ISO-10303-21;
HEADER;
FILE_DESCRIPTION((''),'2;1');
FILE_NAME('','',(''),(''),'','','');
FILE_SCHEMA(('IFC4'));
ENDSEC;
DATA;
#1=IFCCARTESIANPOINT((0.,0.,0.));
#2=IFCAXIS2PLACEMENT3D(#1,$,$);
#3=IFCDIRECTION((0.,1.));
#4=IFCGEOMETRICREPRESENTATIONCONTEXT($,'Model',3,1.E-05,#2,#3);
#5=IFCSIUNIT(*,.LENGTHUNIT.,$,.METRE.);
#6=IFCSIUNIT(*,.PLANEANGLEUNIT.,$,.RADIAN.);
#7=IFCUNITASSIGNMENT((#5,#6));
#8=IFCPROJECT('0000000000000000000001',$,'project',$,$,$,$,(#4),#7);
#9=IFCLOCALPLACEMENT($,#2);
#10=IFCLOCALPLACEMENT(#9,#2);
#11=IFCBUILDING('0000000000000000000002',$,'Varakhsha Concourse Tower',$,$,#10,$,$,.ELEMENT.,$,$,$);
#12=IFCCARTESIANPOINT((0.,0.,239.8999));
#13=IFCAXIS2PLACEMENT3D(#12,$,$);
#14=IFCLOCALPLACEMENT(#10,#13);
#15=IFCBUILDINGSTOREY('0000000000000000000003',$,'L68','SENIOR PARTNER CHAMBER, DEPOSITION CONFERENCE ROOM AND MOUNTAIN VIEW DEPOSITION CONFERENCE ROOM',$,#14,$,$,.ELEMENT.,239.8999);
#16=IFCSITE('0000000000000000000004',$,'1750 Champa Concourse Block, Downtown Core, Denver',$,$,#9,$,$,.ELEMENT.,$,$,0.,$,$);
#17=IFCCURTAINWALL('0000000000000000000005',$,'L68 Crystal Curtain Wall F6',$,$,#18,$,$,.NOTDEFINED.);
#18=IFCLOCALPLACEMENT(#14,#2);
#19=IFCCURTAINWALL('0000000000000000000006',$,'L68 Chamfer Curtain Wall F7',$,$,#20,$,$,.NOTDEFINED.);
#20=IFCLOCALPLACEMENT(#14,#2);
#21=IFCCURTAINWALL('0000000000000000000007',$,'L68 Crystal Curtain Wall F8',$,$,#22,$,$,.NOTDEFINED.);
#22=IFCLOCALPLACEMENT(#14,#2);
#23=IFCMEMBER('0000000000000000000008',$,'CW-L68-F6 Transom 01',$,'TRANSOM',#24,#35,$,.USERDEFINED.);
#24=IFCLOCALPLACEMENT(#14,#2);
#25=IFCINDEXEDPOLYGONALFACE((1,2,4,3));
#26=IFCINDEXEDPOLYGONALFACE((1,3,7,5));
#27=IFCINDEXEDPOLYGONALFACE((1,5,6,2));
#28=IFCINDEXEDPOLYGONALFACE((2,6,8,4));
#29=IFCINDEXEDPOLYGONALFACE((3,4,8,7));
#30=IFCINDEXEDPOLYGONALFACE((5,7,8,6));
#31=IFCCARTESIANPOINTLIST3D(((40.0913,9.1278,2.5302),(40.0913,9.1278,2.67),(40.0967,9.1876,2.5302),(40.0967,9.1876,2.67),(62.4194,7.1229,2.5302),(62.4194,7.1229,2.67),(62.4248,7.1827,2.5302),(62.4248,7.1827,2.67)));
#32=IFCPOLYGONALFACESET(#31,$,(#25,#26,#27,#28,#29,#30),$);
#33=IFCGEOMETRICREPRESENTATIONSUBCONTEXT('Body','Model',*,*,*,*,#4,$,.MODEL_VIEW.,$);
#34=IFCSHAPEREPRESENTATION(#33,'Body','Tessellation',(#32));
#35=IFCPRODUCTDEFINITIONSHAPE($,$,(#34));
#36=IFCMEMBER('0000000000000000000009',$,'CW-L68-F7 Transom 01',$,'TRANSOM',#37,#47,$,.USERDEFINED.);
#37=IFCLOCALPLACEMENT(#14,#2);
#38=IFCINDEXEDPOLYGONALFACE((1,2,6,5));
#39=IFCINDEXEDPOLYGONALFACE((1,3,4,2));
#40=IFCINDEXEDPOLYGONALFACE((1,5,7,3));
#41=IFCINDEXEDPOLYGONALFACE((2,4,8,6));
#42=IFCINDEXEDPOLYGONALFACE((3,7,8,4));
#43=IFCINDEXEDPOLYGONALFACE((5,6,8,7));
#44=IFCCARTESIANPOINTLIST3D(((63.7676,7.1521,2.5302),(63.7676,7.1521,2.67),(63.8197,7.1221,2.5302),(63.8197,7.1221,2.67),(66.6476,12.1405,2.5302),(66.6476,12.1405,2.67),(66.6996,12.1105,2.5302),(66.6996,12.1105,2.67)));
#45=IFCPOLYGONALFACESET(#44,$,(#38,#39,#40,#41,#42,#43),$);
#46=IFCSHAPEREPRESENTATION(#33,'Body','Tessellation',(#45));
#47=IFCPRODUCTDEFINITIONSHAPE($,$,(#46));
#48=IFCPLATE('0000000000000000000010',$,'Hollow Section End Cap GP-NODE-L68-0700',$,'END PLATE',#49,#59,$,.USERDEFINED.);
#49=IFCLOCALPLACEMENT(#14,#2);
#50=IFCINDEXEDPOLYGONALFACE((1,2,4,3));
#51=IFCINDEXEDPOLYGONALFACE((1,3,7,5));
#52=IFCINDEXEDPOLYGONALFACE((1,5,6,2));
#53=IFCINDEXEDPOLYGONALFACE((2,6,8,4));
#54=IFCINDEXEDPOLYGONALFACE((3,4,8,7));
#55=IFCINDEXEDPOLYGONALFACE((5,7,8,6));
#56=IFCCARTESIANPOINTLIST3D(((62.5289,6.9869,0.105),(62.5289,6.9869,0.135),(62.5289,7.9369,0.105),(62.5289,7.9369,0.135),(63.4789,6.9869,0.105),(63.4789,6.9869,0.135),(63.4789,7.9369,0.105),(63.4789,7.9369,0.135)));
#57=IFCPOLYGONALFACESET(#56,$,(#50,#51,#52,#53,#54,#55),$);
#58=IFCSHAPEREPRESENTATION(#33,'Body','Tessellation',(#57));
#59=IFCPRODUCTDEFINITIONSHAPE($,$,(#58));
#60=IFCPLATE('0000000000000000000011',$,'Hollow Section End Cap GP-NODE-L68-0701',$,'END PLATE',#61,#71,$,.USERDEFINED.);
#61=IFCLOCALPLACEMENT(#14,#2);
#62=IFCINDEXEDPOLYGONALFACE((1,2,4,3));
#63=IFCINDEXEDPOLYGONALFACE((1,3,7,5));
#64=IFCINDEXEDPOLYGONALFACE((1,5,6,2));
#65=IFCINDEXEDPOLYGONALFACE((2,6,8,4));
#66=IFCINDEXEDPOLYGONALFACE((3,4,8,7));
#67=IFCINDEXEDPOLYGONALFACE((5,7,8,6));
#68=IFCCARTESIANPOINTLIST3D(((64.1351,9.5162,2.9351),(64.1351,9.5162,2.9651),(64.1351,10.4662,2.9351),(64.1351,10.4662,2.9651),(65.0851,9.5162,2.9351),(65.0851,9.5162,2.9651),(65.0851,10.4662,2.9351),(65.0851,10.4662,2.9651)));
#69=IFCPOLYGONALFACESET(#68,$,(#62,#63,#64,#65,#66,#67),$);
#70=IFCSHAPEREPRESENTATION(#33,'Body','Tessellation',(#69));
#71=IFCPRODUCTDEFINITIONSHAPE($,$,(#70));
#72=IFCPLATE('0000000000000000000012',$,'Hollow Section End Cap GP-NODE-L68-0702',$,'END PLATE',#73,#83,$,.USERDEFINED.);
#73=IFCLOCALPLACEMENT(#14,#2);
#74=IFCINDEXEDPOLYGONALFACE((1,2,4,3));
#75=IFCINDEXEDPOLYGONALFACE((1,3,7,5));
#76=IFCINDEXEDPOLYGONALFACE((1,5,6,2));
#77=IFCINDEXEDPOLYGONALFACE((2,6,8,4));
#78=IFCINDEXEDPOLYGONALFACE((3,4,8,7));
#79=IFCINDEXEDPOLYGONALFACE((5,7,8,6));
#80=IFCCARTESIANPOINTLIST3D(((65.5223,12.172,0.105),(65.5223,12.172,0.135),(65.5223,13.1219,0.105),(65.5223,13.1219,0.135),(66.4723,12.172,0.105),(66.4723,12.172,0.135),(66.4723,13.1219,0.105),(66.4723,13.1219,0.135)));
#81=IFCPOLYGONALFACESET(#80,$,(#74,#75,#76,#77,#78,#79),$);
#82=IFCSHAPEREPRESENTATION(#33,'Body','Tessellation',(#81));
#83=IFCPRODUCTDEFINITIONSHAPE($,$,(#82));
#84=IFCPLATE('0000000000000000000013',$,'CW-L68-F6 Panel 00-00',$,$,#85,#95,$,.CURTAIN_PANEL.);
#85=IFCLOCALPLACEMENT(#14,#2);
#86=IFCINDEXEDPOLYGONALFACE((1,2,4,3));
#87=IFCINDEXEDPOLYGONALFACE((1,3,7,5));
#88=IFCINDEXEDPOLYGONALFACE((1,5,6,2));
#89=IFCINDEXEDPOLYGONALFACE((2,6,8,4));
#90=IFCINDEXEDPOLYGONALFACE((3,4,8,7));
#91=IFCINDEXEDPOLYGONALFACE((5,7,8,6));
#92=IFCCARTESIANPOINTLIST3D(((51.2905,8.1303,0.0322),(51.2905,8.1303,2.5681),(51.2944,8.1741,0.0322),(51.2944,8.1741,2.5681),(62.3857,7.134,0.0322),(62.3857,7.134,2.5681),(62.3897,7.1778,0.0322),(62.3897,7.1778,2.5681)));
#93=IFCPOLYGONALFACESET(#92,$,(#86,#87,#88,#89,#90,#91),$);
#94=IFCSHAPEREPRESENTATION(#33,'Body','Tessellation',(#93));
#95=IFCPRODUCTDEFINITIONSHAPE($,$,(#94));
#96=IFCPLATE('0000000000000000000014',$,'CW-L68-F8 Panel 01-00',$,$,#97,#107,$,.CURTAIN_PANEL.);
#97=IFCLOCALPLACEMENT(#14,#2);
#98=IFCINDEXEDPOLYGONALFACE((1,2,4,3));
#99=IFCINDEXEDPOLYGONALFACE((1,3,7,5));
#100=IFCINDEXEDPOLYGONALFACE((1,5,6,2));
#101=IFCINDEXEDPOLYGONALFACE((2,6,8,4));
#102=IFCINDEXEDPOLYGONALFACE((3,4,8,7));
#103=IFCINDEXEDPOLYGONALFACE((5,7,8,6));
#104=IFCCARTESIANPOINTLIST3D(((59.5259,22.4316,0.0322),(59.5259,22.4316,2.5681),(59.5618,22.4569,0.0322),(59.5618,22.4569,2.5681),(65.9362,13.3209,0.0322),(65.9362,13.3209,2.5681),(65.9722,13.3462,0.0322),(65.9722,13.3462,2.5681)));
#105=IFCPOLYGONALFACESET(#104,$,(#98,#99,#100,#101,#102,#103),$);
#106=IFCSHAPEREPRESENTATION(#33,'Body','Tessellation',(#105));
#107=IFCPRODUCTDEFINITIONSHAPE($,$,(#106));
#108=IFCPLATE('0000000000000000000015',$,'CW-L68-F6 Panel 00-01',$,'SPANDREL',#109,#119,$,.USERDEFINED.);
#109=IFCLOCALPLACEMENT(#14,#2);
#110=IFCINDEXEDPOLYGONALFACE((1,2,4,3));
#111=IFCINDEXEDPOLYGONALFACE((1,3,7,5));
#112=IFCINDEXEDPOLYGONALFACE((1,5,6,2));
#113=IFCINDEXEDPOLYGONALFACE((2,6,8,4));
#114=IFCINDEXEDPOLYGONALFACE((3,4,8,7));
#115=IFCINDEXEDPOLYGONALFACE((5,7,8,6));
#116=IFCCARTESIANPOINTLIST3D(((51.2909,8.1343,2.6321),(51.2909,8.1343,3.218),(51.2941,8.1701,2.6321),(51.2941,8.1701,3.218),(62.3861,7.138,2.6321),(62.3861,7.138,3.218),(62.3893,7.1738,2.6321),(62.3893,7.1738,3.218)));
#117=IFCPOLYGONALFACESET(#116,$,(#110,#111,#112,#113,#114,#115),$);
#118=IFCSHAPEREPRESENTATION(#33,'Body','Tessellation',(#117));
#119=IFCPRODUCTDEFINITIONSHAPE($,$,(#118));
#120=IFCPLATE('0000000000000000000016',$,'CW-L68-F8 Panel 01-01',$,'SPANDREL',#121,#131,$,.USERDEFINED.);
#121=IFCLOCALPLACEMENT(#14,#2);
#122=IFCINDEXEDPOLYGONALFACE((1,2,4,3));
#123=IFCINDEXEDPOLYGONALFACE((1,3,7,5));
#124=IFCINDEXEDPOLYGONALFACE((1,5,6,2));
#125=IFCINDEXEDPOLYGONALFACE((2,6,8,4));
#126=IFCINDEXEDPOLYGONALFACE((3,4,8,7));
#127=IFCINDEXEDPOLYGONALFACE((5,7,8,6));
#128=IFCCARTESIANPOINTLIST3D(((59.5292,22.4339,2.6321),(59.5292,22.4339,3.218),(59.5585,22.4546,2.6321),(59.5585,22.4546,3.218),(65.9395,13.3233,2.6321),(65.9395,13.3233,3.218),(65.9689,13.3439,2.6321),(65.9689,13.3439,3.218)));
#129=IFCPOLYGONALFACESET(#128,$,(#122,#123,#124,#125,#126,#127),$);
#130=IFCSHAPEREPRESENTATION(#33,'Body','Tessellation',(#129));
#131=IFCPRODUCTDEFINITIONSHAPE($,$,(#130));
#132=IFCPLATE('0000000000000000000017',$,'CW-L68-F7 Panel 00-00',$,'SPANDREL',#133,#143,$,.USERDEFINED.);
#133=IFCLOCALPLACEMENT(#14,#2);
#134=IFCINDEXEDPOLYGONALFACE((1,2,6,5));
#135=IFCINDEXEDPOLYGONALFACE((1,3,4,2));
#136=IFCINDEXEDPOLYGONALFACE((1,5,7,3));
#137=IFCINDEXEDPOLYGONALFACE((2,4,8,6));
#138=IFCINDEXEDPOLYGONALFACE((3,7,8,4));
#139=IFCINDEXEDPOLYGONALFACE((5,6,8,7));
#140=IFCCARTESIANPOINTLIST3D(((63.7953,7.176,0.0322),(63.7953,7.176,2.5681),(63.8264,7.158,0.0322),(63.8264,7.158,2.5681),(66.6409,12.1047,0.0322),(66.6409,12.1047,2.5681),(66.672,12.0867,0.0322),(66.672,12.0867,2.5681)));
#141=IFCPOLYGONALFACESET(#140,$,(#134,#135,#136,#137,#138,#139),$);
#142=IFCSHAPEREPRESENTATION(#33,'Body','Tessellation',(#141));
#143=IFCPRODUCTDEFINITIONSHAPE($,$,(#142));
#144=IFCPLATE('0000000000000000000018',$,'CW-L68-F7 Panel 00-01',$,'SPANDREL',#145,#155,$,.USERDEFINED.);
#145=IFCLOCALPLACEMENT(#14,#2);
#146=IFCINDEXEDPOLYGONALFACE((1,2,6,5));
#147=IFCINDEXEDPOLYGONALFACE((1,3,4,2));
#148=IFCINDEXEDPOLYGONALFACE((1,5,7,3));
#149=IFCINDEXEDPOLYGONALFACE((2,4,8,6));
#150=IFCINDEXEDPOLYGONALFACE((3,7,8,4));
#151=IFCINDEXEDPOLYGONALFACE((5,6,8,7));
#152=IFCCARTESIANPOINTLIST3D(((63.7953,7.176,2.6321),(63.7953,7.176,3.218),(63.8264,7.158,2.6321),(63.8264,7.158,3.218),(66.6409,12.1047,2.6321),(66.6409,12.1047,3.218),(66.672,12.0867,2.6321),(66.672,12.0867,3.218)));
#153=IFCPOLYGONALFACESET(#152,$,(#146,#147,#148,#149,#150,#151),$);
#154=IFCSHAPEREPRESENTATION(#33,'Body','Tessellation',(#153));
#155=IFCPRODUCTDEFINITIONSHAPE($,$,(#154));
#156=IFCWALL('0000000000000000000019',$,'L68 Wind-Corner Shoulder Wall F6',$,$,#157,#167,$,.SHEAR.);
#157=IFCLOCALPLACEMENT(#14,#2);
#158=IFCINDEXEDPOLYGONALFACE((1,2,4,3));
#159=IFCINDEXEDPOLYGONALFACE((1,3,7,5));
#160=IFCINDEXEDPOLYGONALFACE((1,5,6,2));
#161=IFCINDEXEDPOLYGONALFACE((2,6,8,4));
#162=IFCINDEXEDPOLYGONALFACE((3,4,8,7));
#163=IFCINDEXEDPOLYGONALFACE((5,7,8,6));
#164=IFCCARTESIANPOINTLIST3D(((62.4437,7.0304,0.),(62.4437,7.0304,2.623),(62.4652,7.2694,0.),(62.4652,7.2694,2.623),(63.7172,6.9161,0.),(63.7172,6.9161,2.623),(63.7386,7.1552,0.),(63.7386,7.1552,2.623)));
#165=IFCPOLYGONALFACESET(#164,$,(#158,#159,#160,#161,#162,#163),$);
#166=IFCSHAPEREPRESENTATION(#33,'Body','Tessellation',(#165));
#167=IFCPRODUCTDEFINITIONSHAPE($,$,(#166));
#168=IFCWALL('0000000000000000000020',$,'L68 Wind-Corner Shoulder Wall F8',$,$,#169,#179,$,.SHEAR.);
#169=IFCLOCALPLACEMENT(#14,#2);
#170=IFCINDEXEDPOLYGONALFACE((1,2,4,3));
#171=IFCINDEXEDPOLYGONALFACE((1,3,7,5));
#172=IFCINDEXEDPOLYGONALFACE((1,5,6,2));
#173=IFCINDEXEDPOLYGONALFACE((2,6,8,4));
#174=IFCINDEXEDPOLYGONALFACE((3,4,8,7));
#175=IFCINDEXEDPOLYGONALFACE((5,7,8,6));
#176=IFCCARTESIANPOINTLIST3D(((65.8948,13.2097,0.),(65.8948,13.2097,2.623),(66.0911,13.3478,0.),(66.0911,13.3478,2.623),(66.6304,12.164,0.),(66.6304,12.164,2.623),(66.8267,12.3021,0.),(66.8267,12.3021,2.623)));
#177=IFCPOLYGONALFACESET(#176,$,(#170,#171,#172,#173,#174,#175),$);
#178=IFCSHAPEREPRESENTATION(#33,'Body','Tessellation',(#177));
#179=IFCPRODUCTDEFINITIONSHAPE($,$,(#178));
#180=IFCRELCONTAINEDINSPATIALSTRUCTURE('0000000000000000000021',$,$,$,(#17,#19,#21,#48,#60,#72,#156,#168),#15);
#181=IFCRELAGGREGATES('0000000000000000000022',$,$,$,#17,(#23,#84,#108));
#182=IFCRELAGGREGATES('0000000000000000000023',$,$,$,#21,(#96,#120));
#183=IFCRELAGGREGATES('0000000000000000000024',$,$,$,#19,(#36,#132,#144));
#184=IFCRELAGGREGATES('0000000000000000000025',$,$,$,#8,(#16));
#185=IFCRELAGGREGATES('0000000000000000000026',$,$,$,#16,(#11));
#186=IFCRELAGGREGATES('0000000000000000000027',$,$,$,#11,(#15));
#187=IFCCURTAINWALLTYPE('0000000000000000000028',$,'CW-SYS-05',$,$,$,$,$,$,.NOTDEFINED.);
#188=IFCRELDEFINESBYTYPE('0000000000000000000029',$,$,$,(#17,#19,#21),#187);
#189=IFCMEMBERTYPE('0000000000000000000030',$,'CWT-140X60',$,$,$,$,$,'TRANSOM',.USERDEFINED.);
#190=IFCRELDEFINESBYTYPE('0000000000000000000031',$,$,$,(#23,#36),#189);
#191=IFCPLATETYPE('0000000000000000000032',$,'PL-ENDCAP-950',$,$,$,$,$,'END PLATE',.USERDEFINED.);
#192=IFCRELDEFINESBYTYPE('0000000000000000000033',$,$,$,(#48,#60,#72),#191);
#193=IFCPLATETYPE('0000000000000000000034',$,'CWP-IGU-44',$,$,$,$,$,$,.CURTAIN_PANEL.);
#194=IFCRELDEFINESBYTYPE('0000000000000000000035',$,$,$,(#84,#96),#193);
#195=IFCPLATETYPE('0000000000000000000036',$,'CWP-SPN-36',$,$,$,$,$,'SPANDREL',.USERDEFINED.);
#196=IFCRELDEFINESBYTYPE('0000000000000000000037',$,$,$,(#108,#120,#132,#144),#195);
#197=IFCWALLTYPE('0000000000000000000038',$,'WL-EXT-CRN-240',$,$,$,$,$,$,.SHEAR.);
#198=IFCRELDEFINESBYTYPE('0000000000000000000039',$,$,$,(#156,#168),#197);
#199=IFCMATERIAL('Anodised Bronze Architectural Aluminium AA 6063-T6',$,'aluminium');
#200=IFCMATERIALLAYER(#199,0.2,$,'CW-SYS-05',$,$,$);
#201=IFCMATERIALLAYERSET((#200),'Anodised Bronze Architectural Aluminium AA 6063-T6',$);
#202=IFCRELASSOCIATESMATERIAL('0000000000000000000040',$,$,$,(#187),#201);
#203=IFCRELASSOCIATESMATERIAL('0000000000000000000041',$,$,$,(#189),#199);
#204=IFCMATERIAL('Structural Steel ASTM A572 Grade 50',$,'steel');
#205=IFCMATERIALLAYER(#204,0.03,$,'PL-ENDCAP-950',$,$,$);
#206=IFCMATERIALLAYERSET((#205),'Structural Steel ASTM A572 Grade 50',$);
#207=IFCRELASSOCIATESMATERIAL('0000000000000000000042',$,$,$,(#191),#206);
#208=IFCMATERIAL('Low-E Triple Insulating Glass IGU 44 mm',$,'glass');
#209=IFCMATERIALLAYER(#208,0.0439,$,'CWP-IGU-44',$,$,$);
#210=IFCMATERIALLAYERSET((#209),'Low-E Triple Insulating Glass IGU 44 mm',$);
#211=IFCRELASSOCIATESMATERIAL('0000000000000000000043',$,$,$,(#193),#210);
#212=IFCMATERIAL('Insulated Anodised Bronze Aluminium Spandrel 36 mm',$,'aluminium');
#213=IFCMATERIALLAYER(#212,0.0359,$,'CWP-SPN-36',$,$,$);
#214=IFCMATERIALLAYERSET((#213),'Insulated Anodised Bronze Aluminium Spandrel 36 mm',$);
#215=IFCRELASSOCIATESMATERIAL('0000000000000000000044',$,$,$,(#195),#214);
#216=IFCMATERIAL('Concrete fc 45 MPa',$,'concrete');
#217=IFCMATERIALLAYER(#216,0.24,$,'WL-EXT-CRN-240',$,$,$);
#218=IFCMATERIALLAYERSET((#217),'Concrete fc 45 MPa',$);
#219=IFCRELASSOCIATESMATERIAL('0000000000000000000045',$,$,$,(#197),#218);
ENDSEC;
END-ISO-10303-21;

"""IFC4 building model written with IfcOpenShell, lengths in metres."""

from ifc_helpers import new_model, si_unit, direction, frame, frame_2d, origin, origin_2d, place, context, subcontext, project, spatial, rectangle, extrude, source, transform, mapped, material, layer, layer_set, material_profile, profile_set, type_object, type_shapes, element, aggregate, save


model = new_model("IFC4")

# Units and contexts
model_context = context("Model", 3, precision=1e-05, world=origin(), true_north=direction((0.0, 1.0)))
body_context = subcontext(model_context, "Body", "Model", "MODEL_VIEW")
ifc_project = project(units=[si_unit("LENGTHUNIT", "METRE"), si_unit("PLANEANGLEUNIT", "RADIAN")], contexts=[model_context])

# Site, building, storey
site_placement = place(None, origin())
site = spatial("IfcSite", under=ifc_project, at=site_placement, Name="1750 Champa Concourse Block, Downtown Core, Denver", CompositionType="ELEMENT", RefElevation=0.0)
building_placement = place(site_placement, origin())
building = spatial("IfcBuilding", under=site, at=building_placement, Name="Varakhsha Concourse Tower", CompositionType="ELEMENT")
storey_placement = place(building_placement, frame((0.0, 0.0, 239.8999)))
storey = spatial("IfcBuildingStorey", under=building, at=storey_placement, Name="L68", Description="SENIOR PARTNER CHAMBER, DEPOSITION CONFERENCE ROOM AND MOUNTAIN VIEW DEPOSITION CONFERENCE ROOM", CompositionType="ELEMENT", Elevation=239.8999)

# Shared definitions
ifc_material_1 = material(Name="Structural Steel ASTM A572 Grade 50", Category="steel")

# Curtain wall
ifc_material_2 = material(Name="Anodised Bronze Architectural Aluminium AA 6063-T6", Category="aluminium")
ifc_layer_1 = layer(ifc_material_2, 0.2, Name="CW-SYS-05")
ifc_layer_set_1 = layer_set([ifc_layer_1], Name="Anodised Bronze Architectural Aluminium AA 6063-T6")
curtain_wall_type = type_object("IfcCurtainWallType", Name="CW-SYS-05", PredefinedType="NOTDEFINED", material=ifc_layer_set_1)
curtain_wall_1_placement = place(storey_placement, origin())
curtain_wall_1 = element("IfcCurtainWall", 1, at=curtain_wall_1_placement, inside=storey, type_object=curtain_wall_type, Name="L68 Crystal Curtain Wall F6", PredefinedType="NOTDEFINED")

# Curtain wall
curtain_wall_2_placement = place(storey_placement, origin())
curtain_wall_2 = element("IfcCurtainWall", 2, at=curtain_wall_2_placement, inside=storey, type_object=curtain_wall_type, Name="L68 Chamfer Curtain Wall F7", PredefinedType="NOTDEFINED")

# Curtain wall
curtain_wall_3_placement = place(storey_placement, origin())
curtain_wall_3 = element("IfcCurtainWall", 3, at=curtain_wall_3_placement, inside=storey, type_object=curtain_wall_type, Name="L68 Crystal Curtain Wall F8", PredefinedType="NOTDEFINED")

# Members
ifc_material_profile_1 = material_profile(ifc_material_2, rectangle(XDim=0.0601, YDim=0.1399, at=origin_2d()), Name="CWT-140X60")
ifc_profile_set_1 = profile_set([ifc_material_profile_1], Name="Anodised Bronze Architectural Aluminium AA 6063-T6")
member_type_1 = type_object("IfcMemberType", Name="CWT-140X60", ElementType="TRANSOM", PredefinedType="USERDEFINED", material=ifc_profile_set_1)
shared_shape_1 = source(origin(), body_context, "Body", "SweptSolid", [
    extrude(rectangle(XDim=0.0601, YDim=0.1399, at=origin_2d()), origin(), (0.0, 0.0, 1.0), 22.418),
])
member_1_placement = place(storey_placement, frame((62.4221, 7.1528, 2.6001), z_axis=(-0.995993, 0.089432, 0.0), x_axis=(-0.089432, -0.995993, 0.0)))
member_1 = element("IfcMember", 4, at=member_1_placement, type_object=member_type_1, Name="CW-L68-F6 Transom 01", ObjectType="TRANSOM", PredefinedType="USERDEFINED", context=body_context, shape_type="MappedRepresentation", body=[
    mapped(shared_shape_1, transform((0.0, 0.0, 0.0), scale=1.0)),
])
shared_shape_2 = source(origin(), body_context, "Body", "SweptSolid", [
    extrude(rectangle(XDim=0.0601, YDim=0.1399, at=origin_2d()), origin(), (0.0, 0.0, 1.0), 5.76),
])
type_shapes(member_type_1, [shared_shape_1, shared_shape_2])
member_2_placement = place(storey_placement, frame((66.6736, 12.1255, 2.6001), z_axis=(-0.499987, -0.866033, 0.0), x_axis=(0.866033, -0.499987, 0.0)))
member_2 = element("IfcMember", 5, at=member_2_placement, type_object=member_type_1, Name="CW-L68-F7 Transom 01", ObjectType="TRANSOM", PredefinedType="USERDEFINED", context=body_context, shape_type="MappedRepresentation", body=[
    mapped(shared_shape_2, transform((0.0, 0.0, 0.0), scale=1.0)),
])

# Plates
ifc_layer_2 = layer(ifc_material_1, 0.03, Name="PL-ENDCAP-950")
ifc_layer_set_2 = layer_set([ifc_layer_2], Name="Structural Steel ASTM A572 Grade 50")
plate_type_1 = type_object("IfcPlateType", Name="PL-ENDCAP-950", ElementType="END PLATE", PredefinedType="USERDEFINED", material=ifc_layer_set_2)
shared_shape_3 = source(origin(), body_context, "Body", "SweptSolid", [
    extrude(rectangle(XDim=0.95, YDim=0.95, at=origin_2d()), origin(), (0.0, 0.0, 1.0), 0.03),
])
type_shapes(plate_type_1, [shared_shape_3])
for number, where, z_axis, x_axis, name in (
    (6, (63.0039, 7.4619, 0.105), (0.0, 0.0, 1.0), (1.0, 0.0, 0.0), "Hollow Section End Cap GP-NODE-L68-0700"),
    (7, (64.6101, 9.9912, 2.9351), (0.0, 0.0, 1.0), (1.0, 0.0, 0.0), "Hollow Section End Cap GP-NODE-L68-0701"),
    (8, (65.9973, 12.647, 0.105), (0.0, 0.0, 1.0), (1.0, 0.0, 0.0), "Hollow Section End Cap GP-NODE-L68-0702"),
):
    element("IfcPlate", number, at=place(storey_placement, frame(where, z_axis=z_axis, x_axis=x_axis)), inside=storey, type_object=plate_type_1, Name=name, ObjectType="END PLATE", PredefinedType="USERDEFINED", context=body_context, shape_type="MappedRepresentation", body=[
        mapped(shared_shape_3, transform((0.0, 0.0, 0.0), scale=1.0)),
    ])

# Plates
ifc_material_3 = material(Name="Low-E Triple Insulating Glass IGU 44 mm", Category="glass")
ifc_layer_3 = layer(ifc_material_3, 0.0439, Name="CWP-IGU-44")
ifc_layer_set_3 = layer_set([ifc_layer_3], Name="Low-E Triple Insulating Glass IGU 44 mm")
plate_type_2 = type_object("IfcPlateType", Name="CWP-IGU-44", PredefinedType="CURTAIN_PANEL", material=ifc_layer_set_3)
shared_shape_4 = source(origin(), body_context, "Body", "SweptSolid", [
    extrude(rectangle(XDim=11.1399, YDim=0.0439, at=origin_2d()), origin(), (0.0, 0.0, 1.0), 2.5359),
])
type_shapes(plate_type_2, [shared_shape_4])
plate_1_placement = place(storey_placement, frame((56.8401, 7.6541, 0.0322), z_axis=(0.0, 0.0, 1.0), x_axis=(-0.995993, 0.089433, 0.0)))
plate_1 = element("IfcPlate", 9, at=plate_1_placement, type_object=plate_type_2, Name="CW-L68-F6 Panel 00-00", PredefinedType="CURTAIN_PANEL", context=body_context, shape_type="MappedRepresentation", body=[
    mapped(shared_shape_4, transform((0.0, 0.0, 0.0), scale=1.0)),
])
plate_2_placement = place(storey_placement, frame((62.749, 17.8889, 0.0322), z_axis=(0.0, 0.0, 1.0), x_axis=(0.575444, -0.817842, 0.0)))
plate_2 = element("IfcPlate", 10, at=plate_2_placement, type_object=plate_type_2, Name="CW-L68-F8 Panel 01-00", PredefinedType="CURTAIN_PANEL", context=body_context, shape_type="MappedRepresentation", body=[
    mapped(shared_shape_4, transform((0.0, 0.0, 0.0), scale=1.0)),
])
ifc_material_4 = material(Name="Insulated Anodised Bronze Aluminium Spandrel 36 mm", Category="aluminium")
ifc_layer_4 = layer(ifc_material_4, 0.0359, Name="CWP-SPN-36")
ifc_layer_set_4 = layer_set([ifc_layer_4], Name="Insulated Anodised Bronze Aluminium Spandrel 36 mm")
plate_type_3 = type_object("IfcPlateType", Name="CWP-SPN-36", ElementType="SPANDREL", PredefinedType="USERDEFINED", material=ifc_layer_set_4)
shared_shape_5 = source(origin(), body_context, "Body", "SweptSolid", [
    extrude(rectangle(XDim=11.1399, YDim=0.0359, at=origin_2d()), origin(), (0.0, 0.0, 1.0), 0.5859),
])
plate_3_placement = place(storey_placement, frame((56.8401, 7.6541, 2.6321), z_axis=(0.0, 0.0, 1.0), x_axis=(-0.995993, 0.089433, 0.0)))
plate_3 = element("IfcPlate", 11, at=plate_3_placement, type_object=plate_type_3, Name="CW-L68-F6 Panel 00-01", ObjectType="SPANDREL", PredefinedType="USERDEFINED", context=body_context, shape_type="MappedRepresentation", body=[
    mapped(shared_shape_5, transform((0.0, 0.0, 0.0), scale=1.0)),
])
aggregate(curtain_wall_1, [member_1, plate_1, plate_3])
plate_4_placement = place(storey_placement, frame((62.749, 17.8889, 2.6321), z_axis=(0.0, 0.0, 1.0), x_axis=(0.575444, -0.817842, 0.0)))
plate_4 = element("IfcPlate", 12, at=plate_4_placement, type_object=plate_type_3, Name="CW-L68-F8 Panel 01-01", ObjectType="SPANDREL", PredefinedType="USERDEFINED", context=body_context, shape_type="MappedRepresentation", body=[
    mapped(shared_shape_5, transform((0.0, 0.0, 0.0), scale=1.0)),
])
aggregate(curtain_wall_3, [plate_2, plate_4])
shared_shape_6 = source(origin(), body_context, "Body", "SweptSolid", [
    extrude(rectangle(XDim=5.6912, YDim=0.0359, at=origin_2d()), origin(), (0.0, 0.0, 1.0), 2.5359),
])
plate_5_placement = place(storey_placement, frame((65.2336, 9.6313, 0.0322), z_axis=(0.0, 0.0, 1.0), x_axis=(-0.499992, -0.86603, 0.0)))
plate_5 = element("IfcPlate", 13, at=plate_5_placement, type_object=plate_type_3, Name="CW-L68-F7 Panel 00-00", ObjectType="SPANDREL", PredefinedType="USERDEFINED", context=body_context, shape_type="MappedRepresentation", body=[
    mapped(shared_shape_6, transform((0.0, 0.0, 0.0), scale=1.0)),
])
shared_shape_7 = source(origin(), body_context, "Body", "SweptSolid", [
    extrude(rectangle(XDim=5.6912, YDim=0.0359, at=origin_2d()), origin(), (0.0, 0.0, 1.0), 0.5859),
])
type_shapes(plate_type_3, [shared_shape_5, shared_shape_6, shared_shape_7])
plate_6_placement = place(storey_placement, frame((65.2336, 9.6313, 2.6321), z_axis=(0.0, 0.0, 1.0), x_axis=(-0.499992, -0.86603, 0.0)))
plate_6 = element("IfcPlate", 14, at=plate_6_placement, type_object=plate_type_3, Name="CW-L68-F7 Panel 00-01", ObjectType="SPANDREL", PredefinedType="USERDEFINED", context=body_context, shape_type="MappedRepresentation", body=[
    mapped(shared_shape_7, transform((0.0, 0.0, 0.0), scale=1.0)),
])
aggregate(curtain_wall_2, [member_2, plate_5, plate_6])

# Walls
ifc_material_5 = material(Name="Concrete fc 45 MPa", Category="concrete")
ifc_layer_5 = layer(ifc_material_5, 0.24, Name="WL-EXT-CRN-240")
ifc_layer_set_5 = layer_set([ifc_layer_5], Name="Concrete fc 45 MPa")
wall_type = type_object("IfcWallType", Name="WL-EXT-CRN-240", PredefinedType="SHEAR", material=ifc_layer_set_5)
for number, where, z_axis, x_axis, name in (
    (15, (62.4546, 7.1499, 0.0), (0.0, 0.0, 1.0), (0.995999, -0.089365, 0.0), "L68 Wind-Corner Shoulder Wall F6"),
    (16, (66.7285, 12.2332, 0.0), (0.0, 0.0, 1.0), (-0.57537, 0.817893, 0.0), "L68 Wind-Corner Shoulder Wall F8"),
):
    element("IfcWall", number, at=place(storey_placement, frame(where, z_axis=z_axis, x_axis=x_axis)), inside=storey, type_object=wall_type, Name=name, PredefinedType="SHEAR", context=body_context, shape_type="SweptSolid", body=[
        extrude(rectangle(XDim=1.2786, YDim=0.24, at=frame_2d((0.6392, 0.0))), origin(), (0.0, 0.0, 1.0), 2.623),
    ])

save(model, "model.ifc")
